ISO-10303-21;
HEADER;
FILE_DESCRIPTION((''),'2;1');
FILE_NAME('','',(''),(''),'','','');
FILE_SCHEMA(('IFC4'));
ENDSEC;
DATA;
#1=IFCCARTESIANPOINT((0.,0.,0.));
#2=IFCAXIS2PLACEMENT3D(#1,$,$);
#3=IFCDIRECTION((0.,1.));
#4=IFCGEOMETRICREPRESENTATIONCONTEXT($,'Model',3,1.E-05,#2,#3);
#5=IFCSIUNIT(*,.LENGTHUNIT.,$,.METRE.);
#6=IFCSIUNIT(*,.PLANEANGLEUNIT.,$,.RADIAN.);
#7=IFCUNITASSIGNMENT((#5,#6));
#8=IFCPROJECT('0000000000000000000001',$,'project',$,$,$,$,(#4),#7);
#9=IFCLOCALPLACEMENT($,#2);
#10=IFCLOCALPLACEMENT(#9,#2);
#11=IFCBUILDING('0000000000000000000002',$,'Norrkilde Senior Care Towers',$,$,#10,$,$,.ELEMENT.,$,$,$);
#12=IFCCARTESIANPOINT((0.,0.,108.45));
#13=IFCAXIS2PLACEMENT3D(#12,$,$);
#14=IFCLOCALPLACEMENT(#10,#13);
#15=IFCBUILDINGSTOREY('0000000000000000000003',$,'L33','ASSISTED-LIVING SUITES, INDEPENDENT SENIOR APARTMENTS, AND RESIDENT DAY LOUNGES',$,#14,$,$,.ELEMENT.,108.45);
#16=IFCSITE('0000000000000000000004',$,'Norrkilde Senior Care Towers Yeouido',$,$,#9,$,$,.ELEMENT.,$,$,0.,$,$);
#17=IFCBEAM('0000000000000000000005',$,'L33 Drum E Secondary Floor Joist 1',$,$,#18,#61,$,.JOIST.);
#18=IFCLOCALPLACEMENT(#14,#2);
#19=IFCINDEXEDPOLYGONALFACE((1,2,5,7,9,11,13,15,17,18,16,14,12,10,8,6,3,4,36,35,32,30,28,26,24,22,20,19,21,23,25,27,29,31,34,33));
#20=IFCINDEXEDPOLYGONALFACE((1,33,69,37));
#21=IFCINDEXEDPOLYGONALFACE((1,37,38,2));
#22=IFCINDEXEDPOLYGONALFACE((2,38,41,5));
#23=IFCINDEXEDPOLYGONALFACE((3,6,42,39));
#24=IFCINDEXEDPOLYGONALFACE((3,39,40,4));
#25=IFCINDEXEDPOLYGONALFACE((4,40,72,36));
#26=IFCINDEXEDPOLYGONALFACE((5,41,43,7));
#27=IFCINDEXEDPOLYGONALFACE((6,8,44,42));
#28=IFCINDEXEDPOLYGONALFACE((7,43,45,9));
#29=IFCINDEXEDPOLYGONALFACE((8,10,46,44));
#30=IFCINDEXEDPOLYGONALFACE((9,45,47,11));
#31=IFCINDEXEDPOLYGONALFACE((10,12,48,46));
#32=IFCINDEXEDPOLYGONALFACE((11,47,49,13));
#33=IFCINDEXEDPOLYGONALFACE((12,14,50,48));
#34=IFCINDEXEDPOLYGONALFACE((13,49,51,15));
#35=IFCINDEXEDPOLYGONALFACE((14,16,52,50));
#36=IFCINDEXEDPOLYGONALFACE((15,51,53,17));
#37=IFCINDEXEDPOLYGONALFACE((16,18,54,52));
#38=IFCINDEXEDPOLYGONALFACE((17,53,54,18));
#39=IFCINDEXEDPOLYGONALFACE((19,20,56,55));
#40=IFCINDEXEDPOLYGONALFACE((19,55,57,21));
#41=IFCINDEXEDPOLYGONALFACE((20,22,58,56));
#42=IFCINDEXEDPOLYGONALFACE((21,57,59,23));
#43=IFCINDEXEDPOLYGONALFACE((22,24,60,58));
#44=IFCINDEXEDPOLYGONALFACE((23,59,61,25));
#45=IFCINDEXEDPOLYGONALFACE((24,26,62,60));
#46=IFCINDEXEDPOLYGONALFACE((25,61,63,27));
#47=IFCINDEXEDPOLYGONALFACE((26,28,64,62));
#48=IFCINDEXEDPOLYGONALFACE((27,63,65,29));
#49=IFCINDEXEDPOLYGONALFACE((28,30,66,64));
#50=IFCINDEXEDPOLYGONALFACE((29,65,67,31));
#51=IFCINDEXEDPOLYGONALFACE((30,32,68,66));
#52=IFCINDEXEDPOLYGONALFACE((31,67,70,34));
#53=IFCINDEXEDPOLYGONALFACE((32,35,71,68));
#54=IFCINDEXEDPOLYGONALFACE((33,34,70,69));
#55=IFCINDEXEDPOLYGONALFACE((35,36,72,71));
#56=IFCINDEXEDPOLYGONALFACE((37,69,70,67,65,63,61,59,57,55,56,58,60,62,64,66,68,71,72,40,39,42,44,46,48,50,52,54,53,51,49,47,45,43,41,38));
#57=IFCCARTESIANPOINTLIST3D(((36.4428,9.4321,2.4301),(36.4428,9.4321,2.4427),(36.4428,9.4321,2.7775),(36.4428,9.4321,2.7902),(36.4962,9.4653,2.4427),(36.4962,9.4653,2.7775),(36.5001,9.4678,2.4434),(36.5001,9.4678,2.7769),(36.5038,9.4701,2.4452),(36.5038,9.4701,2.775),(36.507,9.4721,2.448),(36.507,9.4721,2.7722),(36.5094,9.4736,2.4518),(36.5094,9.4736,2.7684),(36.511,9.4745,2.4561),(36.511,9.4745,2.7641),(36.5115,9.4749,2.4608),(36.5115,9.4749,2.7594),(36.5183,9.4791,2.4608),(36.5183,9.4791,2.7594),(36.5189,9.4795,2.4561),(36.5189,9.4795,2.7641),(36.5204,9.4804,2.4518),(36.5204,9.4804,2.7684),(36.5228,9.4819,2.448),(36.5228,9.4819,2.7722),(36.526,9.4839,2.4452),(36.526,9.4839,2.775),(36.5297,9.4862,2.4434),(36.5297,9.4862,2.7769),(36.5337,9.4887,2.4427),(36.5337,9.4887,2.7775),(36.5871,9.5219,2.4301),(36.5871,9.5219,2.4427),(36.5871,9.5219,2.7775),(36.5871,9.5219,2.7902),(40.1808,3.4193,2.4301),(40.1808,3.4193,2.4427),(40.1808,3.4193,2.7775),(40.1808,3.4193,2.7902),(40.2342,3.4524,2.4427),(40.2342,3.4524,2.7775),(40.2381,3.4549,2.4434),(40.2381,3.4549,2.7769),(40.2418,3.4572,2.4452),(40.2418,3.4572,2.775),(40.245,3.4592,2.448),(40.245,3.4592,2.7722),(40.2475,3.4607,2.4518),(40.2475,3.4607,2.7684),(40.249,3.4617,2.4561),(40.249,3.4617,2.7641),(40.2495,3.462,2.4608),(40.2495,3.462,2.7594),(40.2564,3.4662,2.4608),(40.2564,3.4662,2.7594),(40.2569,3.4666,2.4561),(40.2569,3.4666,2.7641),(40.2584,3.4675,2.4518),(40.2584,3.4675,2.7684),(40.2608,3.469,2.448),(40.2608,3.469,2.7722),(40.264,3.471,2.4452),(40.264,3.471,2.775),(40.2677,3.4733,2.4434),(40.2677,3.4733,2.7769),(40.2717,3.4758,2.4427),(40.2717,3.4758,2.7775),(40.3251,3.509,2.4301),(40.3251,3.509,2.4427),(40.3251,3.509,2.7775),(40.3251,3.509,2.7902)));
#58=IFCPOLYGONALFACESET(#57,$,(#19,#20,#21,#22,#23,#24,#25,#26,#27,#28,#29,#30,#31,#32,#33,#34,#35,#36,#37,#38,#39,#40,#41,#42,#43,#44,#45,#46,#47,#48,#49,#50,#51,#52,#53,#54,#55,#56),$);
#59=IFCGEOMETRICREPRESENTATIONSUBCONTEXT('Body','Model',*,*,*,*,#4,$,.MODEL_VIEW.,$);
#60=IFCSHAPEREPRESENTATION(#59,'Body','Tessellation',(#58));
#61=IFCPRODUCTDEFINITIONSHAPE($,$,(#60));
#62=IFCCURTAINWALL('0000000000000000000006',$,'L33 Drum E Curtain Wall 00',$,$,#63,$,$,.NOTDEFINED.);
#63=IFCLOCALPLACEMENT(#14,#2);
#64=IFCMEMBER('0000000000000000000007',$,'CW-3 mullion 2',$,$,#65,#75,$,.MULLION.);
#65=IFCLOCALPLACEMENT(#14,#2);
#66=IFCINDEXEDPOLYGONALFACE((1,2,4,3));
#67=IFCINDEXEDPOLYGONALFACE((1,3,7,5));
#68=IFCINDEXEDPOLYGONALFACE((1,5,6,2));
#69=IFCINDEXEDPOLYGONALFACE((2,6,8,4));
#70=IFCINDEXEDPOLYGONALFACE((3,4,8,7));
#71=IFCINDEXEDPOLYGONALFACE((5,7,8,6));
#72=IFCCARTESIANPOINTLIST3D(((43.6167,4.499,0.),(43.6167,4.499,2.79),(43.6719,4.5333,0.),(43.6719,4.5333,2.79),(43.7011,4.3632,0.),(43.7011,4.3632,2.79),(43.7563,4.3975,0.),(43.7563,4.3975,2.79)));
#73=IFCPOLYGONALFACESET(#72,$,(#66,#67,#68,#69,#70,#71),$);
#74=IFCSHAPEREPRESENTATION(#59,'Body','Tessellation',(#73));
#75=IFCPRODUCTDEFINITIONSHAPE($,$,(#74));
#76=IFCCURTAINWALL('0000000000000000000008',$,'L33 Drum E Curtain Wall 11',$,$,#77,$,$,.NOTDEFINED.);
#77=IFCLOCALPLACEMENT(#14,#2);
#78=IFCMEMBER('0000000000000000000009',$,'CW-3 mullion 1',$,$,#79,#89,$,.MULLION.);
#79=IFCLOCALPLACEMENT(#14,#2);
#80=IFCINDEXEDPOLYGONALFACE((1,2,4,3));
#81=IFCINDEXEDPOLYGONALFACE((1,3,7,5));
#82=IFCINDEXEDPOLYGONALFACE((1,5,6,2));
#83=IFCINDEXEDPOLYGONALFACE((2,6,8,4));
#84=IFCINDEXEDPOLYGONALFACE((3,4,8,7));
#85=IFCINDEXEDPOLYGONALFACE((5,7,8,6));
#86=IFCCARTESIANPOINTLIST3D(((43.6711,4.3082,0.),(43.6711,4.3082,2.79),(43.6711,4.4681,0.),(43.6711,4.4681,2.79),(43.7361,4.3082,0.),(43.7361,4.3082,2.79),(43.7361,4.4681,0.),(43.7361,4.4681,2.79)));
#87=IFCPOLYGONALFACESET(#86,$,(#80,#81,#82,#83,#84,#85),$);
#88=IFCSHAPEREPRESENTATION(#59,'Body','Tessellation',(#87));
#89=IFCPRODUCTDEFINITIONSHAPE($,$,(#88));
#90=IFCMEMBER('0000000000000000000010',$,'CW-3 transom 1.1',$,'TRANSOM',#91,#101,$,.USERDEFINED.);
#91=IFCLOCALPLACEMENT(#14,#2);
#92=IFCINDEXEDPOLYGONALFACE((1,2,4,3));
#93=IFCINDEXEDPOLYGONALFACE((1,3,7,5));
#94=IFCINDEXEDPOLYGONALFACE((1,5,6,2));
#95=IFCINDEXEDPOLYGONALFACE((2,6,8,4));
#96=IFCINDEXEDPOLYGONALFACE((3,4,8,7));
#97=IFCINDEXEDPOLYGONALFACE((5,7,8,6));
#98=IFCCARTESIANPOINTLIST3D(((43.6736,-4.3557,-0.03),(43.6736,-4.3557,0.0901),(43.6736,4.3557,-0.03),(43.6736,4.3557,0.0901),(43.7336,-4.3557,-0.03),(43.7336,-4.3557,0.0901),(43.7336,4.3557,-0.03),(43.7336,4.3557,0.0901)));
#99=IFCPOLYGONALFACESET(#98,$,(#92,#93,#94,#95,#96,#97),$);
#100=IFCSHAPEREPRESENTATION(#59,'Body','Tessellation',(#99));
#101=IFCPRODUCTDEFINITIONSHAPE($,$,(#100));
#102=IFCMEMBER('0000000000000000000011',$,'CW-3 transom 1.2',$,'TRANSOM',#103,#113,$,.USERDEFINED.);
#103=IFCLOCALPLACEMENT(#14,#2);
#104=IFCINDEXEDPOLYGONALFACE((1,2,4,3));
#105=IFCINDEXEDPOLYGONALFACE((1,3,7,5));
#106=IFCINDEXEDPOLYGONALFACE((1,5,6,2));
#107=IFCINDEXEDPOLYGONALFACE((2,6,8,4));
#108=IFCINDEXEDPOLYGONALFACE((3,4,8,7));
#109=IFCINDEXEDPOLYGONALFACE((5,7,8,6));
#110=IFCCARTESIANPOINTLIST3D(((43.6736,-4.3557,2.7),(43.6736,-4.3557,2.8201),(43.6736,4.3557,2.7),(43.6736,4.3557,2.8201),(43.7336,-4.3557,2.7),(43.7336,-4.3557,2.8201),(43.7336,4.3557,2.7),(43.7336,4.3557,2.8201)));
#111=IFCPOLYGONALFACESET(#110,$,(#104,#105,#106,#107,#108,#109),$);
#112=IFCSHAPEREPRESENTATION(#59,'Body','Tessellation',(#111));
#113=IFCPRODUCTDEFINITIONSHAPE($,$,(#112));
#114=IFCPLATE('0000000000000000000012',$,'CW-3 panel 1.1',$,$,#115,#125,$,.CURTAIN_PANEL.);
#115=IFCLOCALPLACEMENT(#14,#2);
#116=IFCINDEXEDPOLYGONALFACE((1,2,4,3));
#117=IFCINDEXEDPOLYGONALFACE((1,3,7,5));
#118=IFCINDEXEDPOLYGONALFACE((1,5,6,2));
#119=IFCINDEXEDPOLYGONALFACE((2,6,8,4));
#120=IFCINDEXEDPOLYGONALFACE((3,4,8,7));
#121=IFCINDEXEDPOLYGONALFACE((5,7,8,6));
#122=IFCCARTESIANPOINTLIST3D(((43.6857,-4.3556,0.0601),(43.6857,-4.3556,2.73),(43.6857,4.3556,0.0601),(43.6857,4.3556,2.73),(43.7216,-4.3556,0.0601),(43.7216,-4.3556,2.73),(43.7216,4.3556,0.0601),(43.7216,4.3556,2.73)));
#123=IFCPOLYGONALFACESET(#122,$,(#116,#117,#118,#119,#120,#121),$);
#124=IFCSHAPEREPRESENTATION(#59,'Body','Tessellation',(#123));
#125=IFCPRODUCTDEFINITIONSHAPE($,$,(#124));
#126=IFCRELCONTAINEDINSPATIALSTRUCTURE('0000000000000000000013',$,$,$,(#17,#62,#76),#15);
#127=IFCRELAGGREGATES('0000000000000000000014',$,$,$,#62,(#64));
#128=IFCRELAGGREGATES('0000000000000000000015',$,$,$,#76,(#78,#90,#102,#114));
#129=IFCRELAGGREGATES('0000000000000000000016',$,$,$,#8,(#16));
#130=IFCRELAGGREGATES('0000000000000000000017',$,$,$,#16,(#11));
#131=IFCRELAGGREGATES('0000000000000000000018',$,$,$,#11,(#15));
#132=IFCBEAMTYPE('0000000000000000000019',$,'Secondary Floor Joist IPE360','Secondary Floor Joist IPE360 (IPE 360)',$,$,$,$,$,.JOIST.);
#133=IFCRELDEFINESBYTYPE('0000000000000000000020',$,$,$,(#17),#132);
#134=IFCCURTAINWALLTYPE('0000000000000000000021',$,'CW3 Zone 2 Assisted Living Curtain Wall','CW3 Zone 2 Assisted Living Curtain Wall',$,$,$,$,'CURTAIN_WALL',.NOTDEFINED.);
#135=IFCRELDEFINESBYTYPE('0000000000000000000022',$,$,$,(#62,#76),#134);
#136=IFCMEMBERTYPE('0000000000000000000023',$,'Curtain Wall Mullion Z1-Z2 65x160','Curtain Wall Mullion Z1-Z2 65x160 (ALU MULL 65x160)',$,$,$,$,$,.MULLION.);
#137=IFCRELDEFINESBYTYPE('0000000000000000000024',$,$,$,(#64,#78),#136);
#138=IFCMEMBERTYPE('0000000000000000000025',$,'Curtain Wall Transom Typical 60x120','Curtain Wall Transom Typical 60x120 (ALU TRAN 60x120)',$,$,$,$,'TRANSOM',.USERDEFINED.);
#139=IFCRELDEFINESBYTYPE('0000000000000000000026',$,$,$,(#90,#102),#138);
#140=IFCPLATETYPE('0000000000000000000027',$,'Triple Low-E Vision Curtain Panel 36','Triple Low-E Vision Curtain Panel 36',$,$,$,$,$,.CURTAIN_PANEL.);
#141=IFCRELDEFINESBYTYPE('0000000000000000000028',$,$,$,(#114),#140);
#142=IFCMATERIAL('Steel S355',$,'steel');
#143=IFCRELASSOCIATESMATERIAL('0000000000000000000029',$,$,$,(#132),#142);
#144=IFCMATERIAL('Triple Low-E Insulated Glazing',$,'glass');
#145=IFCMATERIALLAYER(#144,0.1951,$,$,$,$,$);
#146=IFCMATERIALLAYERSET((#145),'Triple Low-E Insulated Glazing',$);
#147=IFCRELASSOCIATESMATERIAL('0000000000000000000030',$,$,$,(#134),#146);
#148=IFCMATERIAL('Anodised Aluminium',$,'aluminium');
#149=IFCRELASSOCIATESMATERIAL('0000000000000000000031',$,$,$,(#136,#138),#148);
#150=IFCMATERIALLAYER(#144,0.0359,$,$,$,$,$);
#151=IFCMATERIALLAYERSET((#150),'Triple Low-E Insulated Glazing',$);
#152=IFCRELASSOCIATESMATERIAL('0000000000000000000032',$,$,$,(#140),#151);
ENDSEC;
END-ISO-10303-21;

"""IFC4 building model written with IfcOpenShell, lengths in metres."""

from ifc_helpers import new_model, si_unit, direction, frame, origin, origin_2d, place, context, subcontext, project, spatial, rectangle, i_section, extrude, source, transform, mapped, material, layer, layer_set, material_profile, profile_set, type_object, type_shapes, element, aggregate, save


model = new_model("IFC4")

# Units and contexts
model_context = context("Model", 3, precision=1e-05, world=origin(), true_north=direction((0.0, 1.0)))
body_context = subcontext(model_context, "Body", "Model", "MODEL_VIEW")
ifc_project = project(units=[si_unit("LENGTHUNIT", "METRE"), si_unit("PLANEANGLEUNIT", "RADIAN")], contexts=[model_context])

# Site, building, storey
site_placement = place(None, origin())
site = spatial("IfcSite", under=ifc_project, at=site_placement, Name="Norrkilde Senior Care Towers Yeouido", CompositionType="ELEMENT", RefElevation=0.0)
building_placement = place(site_placement, origin())
building = spatial("IfcBuilding", under=site, at=building_placement, Name="Norrkilde Senior Care Towers", CompositionType="ELEMENT")
storey_placement = place(building_placement, frame((0.0, 0.0, 108.45)))
storey = spatial("IfcBuildingStorey", under=building, at=storey_placement, Name="L33", Description="ASSISTED-LIVING SUITES, INDEPENDENT SENIOR APARTMENTS, AND RESIDENT DAY LOUNGES", CompositionType="ELEMENT", Elevation=108.45)

# Beam
ifc_material_1 = material(Name="Steel S355", Category="steel")
ifc_material_profile_1 = material_profile(ifc_material_1, i_section(OverallWidth=0.1699, OverallDepth=0.3601, WebThickness=0.0081, FlangeThickness=0.0127, FilletRadius=0.0181, at=origin_2d()), Name="IPE 360")
ifc_profile_set_1 = profile_set([ifc_material_profile_1], Name="Steel S355")
beam_type_1 = type_object("IfcBeamType", Name="Secondary Floor Joist IPE360", Description="Secondary Floor Joist IPE360 (IPE 360)", PredefinedType="JOIST", material=ifc_profile_set_1)
shared_shape_1 = source(origin(), body_context, "Body", "SweptSolid", [
    extrude(i_section(OverallWidth=0.1699, OverallDepth=0.3601, WebThickness=0.0081, FlangeThickness=0.0127, FilletRadius=0.0181, at=origin_2d()), origin(), (0.0, 0.0, 1.0), 7.0801),
])
type_shapes(beam_type_1, [shared_shape_1])
beam_1_placement = place(storey_placement, frame((40.2529, 3.4641, 2.6101), z_axis=(-0.527961, 0.849269, 0.0), x_axis=(-0.849269, -0.527961, 0.0)))
element("IfcBeam", 1, at=beam_1_placement, inside=storey, type_object=beam_type_1, Name="L33 Drum E Secondary Floor Joist 1", PredefinedType="JOIST", context=body_context, shape_type="MappedRepresentation", body=[
    mapped(shared_shape_1, transform((0.0, 0.0, 0.0), x_axis=(1.0, 0.0, 0.0), y_axis=(0.0, 1.0, 0.0), z_axis=(0.0, 0.0, 1.0), scale=1.0)),
])

# Curtain wall, member
ifc_material_2 = material(Name="Triple Low-E Insulated Glazing", Category="glass")
ifc_layer_1 = layer(ifc_material_2, 0.1951)
ifc_layer_set_1 = layer_set([ifc_layer_1], Name="Triple Low-E Insulated Glazing")
curtain_wall_type = type_object("IfcCurtainWallType", Name="CW3 Zone 2 Assisted Living Curtain Wall", Description="CW3 Zone 2 Assisted Living Curtain Wall", ElementType="CURTAIN_WALL", PredefinedType="NOTDEFINED", material=ifc_layer_set_1)
curtain_wall_1_placement = place(storey_placement, origin())
curtain_wall_1 = element("IfcCurtainWall", 2, at=curtain_wall_1_placement, inside=storey, type_object=curtain_wall_type, Name="L33 Drum E Curtain Wall 00", PredefinedType="NOTDEFINED")
ifc_material_3 = material(Name="Anodised Aluminium", Category="aluminium")
ifc_material_profile_2 = material_profile(ifc_material_3, rectangle(XDim=0.0649, YDim=0.1599, at=origin_2d()), Name="ALU MULL 65x160")
ifc_profile_set_2 = profile_set([ifc_material_profile_2], Name="Anodised Aluminium")
member_type_1 = type_object("IfcMemberType", Name="Curtain Wall Mullion Z1-Z2 65x160", Description="Curtain Wall Mullion Z1-Z2 65x160 (ALU MULL 65x160)", PredefinedType="MULLION", material=ifc_profile_set_2)
shared_shape_2 = source(origin(), body_context, "Body", "SweptSolid", [
    extrude(rectangle(XDim=0.0649, YDim=0.1599, at=origin_2d()), origin(), (0.0, 0.0, 1.0), 2.79),
])
type_shapes(member_type_1, [shared_shape_2])
member_1_placement = place(storey_placement, frame((43.6865, 4.4482, 0.0), z_axis=(0.0, 0.0, 1.0), x_axis=(0.84941, 0.527733, 0.0)))
member_1 = element("IfcMember", 3, at=member_1_placement, type_object=member_type_1, Name="CW-3 mullion 2", PredefinedType="MULLION", context=body_context, shape_type="MappedRepresentation", body=[
    mapped(shared_shape_2, transform((0.0, 0.0, 0.0), x_axis=(1.0, 0.0, 0.0), y_axis=(0.0, 1.0, 0.0), z_axis=(0.0, 0.0, 1.0), scale=1.0)),
])
aggregate(curtain_wall_1, [member_1])

# Curtain wall, members, plate
curtain_wall_2_placement = place(storey_placement, origin())
curtain_wall_2 = element("IfcCurtainWall", 4, at=curtain_wall_2_placement, inside=storey, type_object=curtain_wall_type, Name="L33 Drum E Curtain Wall 11", PredefinedType="NOTDEFINED")
member_2_placement = place(storey_placement, frame((43.7036, 4.3882, 0.0), z_axis=(0.0, 0.0, 1.0), x_axis=(1.0, 0.0, 0.0)))
member_2 = element("IfcMember", 5, at=member_2_placement, type_object=member_type_1, Name="CW-3 mullion 1", PredefinedType="MULLION", context=body_context, shape_type="MappedRepresentation", body=[
    mapped(shared_shape_2, transform((0.0, 0.0, 0.0), x_axis=(1.0, 0.0, 0.0), y_axis=(0.0, 1.0, 0.0), z_axis=(0.0, 0.0, 1.0), scale=1.0)),
])
ifc_material_profile_3 = material_profile(ifc_material_3, rectangle(XDim=0.0601, YDim=0.1201, at=origin_2d()), Name="ALU TRAN 60x120")
ifc_profile_set_3 = profile_set([ifc_material_profile_3], Name="Anodised Aluminium")
member_type_2 = type_object("IfcMemberType", Name="Curtain Wall Transom Typical 60x120", Description="Curtain Wall Transom Typical 60x120 (ALU TRAN 60x120)", ElementType="TRANSOM", PredefinedType="USERDEFINED", material=ifc_profile_set_3)
shared_shape_3 = source(origin(), body_context, "Body", "SweptSolid", [
    extrude(rectangle(XDim=0.0601, YDim=0.1201, at=origin_2d()), origin(), (0.0, 0.0, 1.0), 8.7114),
])
type_shapes(member_type_2, [shared_shape_3])
member_3_placement = place(storey_placement, frame((43.7036, 4.3557, 0.03), z_axis=(0.0, -1.0, 0.0), x_axis=(1.0, 0.0, 0.0)))
member_3 = element("IfcMember", 6, at=member_3_placement, type_object=member_type_2, Name="CW-3 transom 1.1", ObjectType="TRANSOM", PredefinedType="USERDEFINED", context=body_context, shape_type="MappedRepresentation", body=[
    mapped(shared_shape_3, transform((0.0, 0.0, 0.0), x_axis=(1.0, 0.0, 0.0), y_axis=(0.0, 1.0, 0.0), z_axis=(0.0, 0.0, 1.0), scale=1.0)),
])
member_4_placement = place(storey_placement, frame((43.7036, 4.3557, 2.76), z_axis=(0.0, -1.0, 0.0), x_axis=(1.0, 0.0, 0.0)))
member_4 = element("IfcMember", 7, at=member_4_placement, type_object=member_type_2, Name="CW-3 transom 1.2", ObjectType="TRANSOM", PredefinedType="USERDEFINED", context=body_context, shape_type="MappedRepresentation", body=[
    mapped(shared_shape_3, transform((0.0, 0.0, 0.0), x_axis=(1.0, 0.0, 0.0), y_axis=(0.0, 1.0, 0.0), z_axis=(0.0, 0.0, 1.0), scale=1.0)),
])
ifc_layer_2 = layer(ifc_material_2, 0.0359)
ifc_layer_set_2 = layer_set([ifc_layer_2], Name="Triple Low-E Insulated Glazing")
plate_type = type_object("IfcPlateType", Name="Triple Low-E Vision Curtain Panel 36", Description="Triple Low-E Vision Curtain Panel 36", PredefinedType="CURTAIN_PANEL", material=ifc_layer_set_2)
shared_shape_4 = source(origin(), body_context, "Body", "SweptSolid", [
    extrude(rectangle(XDim=8.7112, YDim=0.0359, at=origin_2d()), origin(), (0.0, 0.0, 1.0), 2.6699),
])
type_shapes(plate_type, [shared_shape_4])
plate_placement = place(storey_placement, frame((43.7036, 0.0, 0.0601), z_axis=(0.0, 0.0, 1.0), x_axis=(0.0, -1.0, 0.0)))
plate = element("IfcPlate", 8, at=plate_placement, type_object=plate_type, Name="CW-3 panel 1.1", PredefinedType="CURTAIN_PANEL", context=body_context, shape_type="MappedRepresentation", body=[
    mapped(shared_shape_4, transform((0.0, 0.0, 0.0), x_axis=(1.0, 0.0, 0.0), y_axis=(0.0, 1.0, 0.0), z_axis=(0.0, 0.0, 1.0), scale=1.0)),
])
aggregate(curtain_wall_2, [member_2, member_3, member_4, plate])

save(model, "model.ifc")
